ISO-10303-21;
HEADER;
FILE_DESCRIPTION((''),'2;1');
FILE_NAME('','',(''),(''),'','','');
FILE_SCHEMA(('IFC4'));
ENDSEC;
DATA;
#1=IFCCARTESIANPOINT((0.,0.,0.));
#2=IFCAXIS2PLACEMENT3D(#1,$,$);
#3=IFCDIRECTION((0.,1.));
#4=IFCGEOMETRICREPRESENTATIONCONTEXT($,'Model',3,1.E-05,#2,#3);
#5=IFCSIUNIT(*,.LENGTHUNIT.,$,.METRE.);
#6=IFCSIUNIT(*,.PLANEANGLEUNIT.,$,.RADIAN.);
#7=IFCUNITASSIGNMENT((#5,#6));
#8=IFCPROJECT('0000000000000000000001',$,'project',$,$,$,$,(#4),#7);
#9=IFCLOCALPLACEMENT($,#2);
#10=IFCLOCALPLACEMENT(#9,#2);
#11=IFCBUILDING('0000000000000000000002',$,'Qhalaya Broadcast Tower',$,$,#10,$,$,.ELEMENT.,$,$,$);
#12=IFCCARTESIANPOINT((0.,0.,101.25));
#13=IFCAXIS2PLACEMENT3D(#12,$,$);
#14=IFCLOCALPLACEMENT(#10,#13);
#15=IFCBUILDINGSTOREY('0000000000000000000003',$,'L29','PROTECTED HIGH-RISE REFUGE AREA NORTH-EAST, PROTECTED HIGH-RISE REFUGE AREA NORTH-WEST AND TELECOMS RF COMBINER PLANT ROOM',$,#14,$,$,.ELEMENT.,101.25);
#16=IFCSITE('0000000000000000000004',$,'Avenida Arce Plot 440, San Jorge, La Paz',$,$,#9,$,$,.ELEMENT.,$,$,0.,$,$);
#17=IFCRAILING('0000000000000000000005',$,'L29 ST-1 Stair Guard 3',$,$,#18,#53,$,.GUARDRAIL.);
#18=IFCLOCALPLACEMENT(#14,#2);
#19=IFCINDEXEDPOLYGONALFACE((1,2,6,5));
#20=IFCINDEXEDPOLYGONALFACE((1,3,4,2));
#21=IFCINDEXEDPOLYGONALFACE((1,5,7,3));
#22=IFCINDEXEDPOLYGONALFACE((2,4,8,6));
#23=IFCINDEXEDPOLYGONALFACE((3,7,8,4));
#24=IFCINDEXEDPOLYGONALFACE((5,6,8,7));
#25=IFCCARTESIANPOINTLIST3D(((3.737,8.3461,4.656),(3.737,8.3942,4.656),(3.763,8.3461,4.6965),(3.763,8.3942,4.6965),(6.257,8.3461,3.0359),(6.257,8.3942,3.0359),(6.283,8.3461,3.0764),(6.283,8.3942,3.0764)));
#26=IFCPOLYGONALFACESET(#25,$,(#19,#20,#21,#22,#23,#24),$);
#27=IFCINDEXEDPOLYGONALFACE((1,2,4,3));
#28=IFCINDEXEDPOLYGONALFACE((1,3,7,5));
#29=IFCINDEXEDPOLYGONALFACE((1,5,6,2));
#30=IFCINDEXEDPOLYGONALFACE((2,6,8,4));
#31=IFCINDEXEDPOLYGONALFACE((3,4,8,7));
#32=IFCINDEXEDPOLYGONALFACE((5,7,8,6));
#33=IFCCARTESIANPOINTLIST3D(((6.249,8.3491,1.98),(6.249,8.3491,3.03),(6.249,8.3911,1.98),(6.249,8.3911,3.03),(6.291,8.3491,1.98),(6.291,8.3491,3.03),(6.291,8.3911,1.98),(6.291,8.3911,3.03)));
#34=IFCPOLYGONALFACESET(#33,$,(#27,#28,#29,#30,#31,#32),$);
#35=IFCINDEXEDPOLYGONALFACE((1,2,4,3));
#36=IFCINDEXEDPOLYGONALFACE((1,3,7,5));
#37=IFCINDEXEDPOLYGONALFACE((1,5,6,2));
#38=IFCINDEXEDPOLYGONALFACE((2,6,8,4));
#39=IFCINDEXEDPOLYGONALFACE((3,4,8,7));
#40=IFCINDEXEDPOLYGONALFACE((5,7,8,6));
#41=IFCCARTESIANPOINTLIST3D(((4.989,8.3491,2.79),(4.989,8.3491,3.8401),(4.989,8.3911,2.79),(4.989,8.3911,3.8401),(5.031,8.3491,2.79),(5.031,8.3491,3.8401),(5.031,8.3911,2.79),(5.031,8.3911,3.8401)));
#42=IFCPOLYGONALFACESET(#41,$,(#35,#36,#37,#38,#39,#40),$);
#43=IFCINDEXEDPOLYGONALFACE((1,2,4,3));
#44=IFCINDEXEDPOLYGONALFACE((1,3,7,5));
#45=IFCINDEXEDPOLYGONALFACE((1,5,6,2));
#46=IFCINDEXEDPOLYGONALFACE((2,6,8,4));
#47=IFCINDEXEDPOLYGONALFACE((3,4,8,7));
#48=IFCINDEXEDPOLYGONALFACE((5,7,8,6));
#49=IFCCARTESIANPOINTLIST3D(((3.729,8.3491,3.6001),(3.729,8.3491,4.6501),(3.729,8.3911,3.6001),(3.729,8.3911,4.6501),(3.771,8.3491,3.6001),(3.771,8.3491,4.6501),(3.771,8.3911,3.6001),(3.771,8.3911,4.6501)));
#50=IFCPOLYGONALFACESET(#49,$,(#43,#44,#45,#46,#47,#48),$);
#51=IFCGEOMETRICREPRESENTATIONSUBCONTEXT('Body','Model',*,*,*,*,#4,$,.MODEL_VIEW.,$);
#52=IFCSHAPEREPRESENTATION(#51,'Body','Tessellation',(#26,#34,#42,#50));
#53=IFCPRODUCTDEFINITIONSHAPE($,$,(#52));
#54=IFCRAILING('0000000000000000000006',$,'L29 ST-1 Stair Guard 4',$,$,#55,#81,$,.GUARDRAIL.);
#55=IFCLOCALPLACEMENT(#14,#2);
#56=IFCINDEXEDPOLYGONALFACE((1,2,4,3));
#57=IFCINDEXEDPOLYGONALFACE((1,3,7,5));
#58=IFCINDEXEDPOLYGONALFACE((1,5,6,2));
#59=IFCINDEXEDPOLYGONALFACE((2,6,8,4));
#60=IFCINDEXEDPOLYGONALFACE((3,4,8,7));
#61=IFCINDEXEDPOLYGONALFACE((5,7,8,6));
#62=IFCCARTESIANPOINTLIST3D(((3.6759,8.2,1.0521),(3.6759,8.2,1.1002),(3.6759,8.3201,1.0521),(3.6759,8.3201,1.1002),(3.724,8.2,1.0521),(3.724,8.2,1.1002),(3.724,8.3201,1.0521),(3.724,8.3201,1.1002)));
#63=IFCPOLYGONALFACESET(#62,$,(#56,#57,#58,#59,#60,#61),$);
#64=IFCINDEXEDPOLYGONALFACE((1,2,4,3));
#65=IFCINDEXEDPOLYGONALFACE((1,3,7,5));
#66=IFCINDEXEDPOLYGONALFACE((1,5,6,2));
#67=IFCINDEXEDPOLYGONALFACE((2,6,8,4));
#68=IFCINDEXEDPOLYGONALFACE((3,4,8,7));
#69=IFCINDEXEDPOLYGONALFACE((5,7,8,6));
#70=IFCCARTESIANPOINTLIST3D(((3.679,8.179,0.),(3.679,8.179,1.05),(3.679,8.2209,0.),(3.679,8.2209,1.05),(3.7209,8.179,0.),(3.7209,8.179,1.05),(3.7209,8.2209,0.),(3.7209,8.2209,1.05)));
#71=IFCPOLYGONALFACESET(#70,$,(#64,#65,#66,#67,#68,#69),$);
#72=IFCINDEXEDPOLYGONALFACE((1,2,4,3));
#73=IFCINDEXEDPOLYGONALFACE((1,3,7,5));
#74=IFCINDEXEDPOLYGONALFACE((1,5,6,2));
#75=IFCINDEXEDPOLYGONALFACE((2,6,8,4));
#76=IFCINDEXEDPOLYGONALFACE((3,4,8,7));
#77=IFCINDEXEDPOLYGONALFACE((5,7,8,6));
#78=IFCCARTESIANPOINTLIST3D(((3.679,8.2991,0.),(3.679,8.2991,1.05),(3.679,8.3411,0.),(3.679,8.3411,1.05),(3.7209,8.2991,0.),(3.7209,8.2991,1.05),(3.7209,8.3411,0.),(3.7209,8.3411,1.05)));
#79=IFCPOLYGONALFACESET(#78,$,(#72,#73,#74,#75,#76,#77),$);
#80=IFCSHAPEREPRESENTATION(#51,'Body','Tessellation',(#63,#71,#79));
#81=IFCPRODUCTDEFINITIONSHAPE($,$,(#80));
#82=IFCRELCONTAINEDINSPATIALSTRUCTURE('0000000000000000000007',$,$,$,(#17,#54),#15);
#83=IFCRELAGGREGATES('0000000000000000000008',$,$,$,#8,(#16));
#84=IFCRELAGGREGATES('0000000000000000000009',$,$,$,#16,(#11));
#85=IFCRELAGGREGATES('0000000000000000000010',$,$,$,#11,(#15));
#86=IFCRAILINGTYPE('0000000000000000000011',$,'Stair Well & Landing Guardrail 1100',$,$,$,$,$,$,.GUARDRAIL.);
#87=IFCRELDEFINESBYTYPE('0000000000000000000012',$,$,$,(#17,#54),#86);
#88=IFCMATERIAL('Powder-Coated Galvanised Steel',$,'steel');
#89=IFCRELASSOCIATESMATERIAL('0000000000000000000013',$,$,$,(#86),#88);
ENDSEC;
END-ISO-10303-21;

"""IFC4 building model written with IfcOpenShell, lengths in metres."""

from ifc_helpers import new_model, si_unit, direction, frame, origin, origin_2d, place, context, subcontext, project, spatial, rectangle, extrude, material, type_object, element, save


model = new_model("IFC4")

# Units and contexts
model_context = context("Model", 3, precision=1e-05, world=origin(), true_north=direction((0.0, 1.0)))
body_context = subcontext(model_context, "Body", "Model", "MODEL_VIEW")
ifc_project = project(units=[si_unit("LENGTHUNIT", "METRE"), si_unit("PLANEANGLEUNIT", "RADIAN")], contexts=[model_context])

# Site, building, storey
site_placement = place(None, origin())
site = spatial("IfcSite", under=ifc_project, at=site_placement, Name="Avenida Arce Plot 440, San Jorge, La Paz", CompositionType="ELEMENT", RefElevation=0.0)
building_placement = place(site_placement, origin())
building = spatial("IfcBuilding", under=site, at=building_placement, Name="Qhalaya Broadcast Tower", CompositionType="ELEMENT")
storey_placement = place(building_placement, frame((0.0, 0.0, 101.25)))
storey = spatial("IfcBuildingStorey", under=building, at=storey_placement, Name="L29", Description="PROTECTED HIGH-RISE REFUGE AREA NORTH-EAST, PROTECTED HIGH-RISE REFUGE AREA NORTH-WEST AND TELECOMS RF COMBINER PLANT ROOM", CompositionType="ELEMENT", Elevation=101.25)

# Railings
ifc_material_1 = material(Name="Powder-Coated Galvanised Steel", Category="steel")
railing_type_1 = type_object("IfcRailingType", Name="Stair Well & Landing Guardrail 1100", PredefinedType="GUARDRAIL", material=ifc_material_1)
railing_1_placement = place(storey_placement, frame((6.27, 8.3701, 1.98)))
element("IfcRailing", 1, at=railing_1_placement, inside=storey, type_object=railing_type_1, Name="L29 ST-1 Stair Guard 3", PredefinedType="GUARDRAIL", context=body_context, shape_type="SweptSolid", body=[
    extrude(rectangle(XDim=0.0481, YDim=0.0481, at=origin_2d()), frame((0.0, 0.0, 1.0762), z_axis=(-0.841163, 0.0, 0.540782), x_axis=(0.0, -1.0, 0.0)), (0.0, 0.0, 1.0), 2.9958),
    extrude(rectangle(XDim=0.042, YDim=0.042, at=origin_2d()), origin(), (0.0, 0.0, 1.0), 1.05),
    extrude(rectangle(XDim=0.042, YDim=0.042, at=origin_2d()), frame((-1.26, 0.0, 0.8101)), (0.0, 0.0, 1.0), 1.05),
    extrude(rectangle(XDim=0.042, YDim=0.042, at=origin_2d()), frame((-2.52, 0.0, 1.6201)), (0.0, 0.0, 1.0), 1.05),
])
railing_2_placement = place(storey_placement, frame((3.7, 8.2, 0.0)))
element("IfcRailing", 2, at=railing_2_placement, inside=storey, type_object=railing_type_1, Name="L29 ST-1 Stair Guard 4", PredefinedType="GUARDRAIL", context=body_context, shape_type="SweptSolid", body=[
    extrude(rectangle(XDim=0.0481, YDim=0.0481, at=origin_2d()), frame((0.0, 0.0, 1.0762), z_axis=(0.0, 1.0, 0.0), x_axis=(-1.0, 0.0, 0.0)), (0.0, 0.0, 1.0), 0.1201),
    extrude(rectangle(XDim=0.042, YDim=0.042, at=origin_2d()), origin(), (0.0, 0.0, 1.0), 1.05),
    extrude(rectangle(XDim=0.042, YDim=0.042, at=origin_2d()), frame((0.0, 0.1201, 0.0)), (0.0, 0.0, 1.0), 1.05),
])

save(model, "model.ifc")
